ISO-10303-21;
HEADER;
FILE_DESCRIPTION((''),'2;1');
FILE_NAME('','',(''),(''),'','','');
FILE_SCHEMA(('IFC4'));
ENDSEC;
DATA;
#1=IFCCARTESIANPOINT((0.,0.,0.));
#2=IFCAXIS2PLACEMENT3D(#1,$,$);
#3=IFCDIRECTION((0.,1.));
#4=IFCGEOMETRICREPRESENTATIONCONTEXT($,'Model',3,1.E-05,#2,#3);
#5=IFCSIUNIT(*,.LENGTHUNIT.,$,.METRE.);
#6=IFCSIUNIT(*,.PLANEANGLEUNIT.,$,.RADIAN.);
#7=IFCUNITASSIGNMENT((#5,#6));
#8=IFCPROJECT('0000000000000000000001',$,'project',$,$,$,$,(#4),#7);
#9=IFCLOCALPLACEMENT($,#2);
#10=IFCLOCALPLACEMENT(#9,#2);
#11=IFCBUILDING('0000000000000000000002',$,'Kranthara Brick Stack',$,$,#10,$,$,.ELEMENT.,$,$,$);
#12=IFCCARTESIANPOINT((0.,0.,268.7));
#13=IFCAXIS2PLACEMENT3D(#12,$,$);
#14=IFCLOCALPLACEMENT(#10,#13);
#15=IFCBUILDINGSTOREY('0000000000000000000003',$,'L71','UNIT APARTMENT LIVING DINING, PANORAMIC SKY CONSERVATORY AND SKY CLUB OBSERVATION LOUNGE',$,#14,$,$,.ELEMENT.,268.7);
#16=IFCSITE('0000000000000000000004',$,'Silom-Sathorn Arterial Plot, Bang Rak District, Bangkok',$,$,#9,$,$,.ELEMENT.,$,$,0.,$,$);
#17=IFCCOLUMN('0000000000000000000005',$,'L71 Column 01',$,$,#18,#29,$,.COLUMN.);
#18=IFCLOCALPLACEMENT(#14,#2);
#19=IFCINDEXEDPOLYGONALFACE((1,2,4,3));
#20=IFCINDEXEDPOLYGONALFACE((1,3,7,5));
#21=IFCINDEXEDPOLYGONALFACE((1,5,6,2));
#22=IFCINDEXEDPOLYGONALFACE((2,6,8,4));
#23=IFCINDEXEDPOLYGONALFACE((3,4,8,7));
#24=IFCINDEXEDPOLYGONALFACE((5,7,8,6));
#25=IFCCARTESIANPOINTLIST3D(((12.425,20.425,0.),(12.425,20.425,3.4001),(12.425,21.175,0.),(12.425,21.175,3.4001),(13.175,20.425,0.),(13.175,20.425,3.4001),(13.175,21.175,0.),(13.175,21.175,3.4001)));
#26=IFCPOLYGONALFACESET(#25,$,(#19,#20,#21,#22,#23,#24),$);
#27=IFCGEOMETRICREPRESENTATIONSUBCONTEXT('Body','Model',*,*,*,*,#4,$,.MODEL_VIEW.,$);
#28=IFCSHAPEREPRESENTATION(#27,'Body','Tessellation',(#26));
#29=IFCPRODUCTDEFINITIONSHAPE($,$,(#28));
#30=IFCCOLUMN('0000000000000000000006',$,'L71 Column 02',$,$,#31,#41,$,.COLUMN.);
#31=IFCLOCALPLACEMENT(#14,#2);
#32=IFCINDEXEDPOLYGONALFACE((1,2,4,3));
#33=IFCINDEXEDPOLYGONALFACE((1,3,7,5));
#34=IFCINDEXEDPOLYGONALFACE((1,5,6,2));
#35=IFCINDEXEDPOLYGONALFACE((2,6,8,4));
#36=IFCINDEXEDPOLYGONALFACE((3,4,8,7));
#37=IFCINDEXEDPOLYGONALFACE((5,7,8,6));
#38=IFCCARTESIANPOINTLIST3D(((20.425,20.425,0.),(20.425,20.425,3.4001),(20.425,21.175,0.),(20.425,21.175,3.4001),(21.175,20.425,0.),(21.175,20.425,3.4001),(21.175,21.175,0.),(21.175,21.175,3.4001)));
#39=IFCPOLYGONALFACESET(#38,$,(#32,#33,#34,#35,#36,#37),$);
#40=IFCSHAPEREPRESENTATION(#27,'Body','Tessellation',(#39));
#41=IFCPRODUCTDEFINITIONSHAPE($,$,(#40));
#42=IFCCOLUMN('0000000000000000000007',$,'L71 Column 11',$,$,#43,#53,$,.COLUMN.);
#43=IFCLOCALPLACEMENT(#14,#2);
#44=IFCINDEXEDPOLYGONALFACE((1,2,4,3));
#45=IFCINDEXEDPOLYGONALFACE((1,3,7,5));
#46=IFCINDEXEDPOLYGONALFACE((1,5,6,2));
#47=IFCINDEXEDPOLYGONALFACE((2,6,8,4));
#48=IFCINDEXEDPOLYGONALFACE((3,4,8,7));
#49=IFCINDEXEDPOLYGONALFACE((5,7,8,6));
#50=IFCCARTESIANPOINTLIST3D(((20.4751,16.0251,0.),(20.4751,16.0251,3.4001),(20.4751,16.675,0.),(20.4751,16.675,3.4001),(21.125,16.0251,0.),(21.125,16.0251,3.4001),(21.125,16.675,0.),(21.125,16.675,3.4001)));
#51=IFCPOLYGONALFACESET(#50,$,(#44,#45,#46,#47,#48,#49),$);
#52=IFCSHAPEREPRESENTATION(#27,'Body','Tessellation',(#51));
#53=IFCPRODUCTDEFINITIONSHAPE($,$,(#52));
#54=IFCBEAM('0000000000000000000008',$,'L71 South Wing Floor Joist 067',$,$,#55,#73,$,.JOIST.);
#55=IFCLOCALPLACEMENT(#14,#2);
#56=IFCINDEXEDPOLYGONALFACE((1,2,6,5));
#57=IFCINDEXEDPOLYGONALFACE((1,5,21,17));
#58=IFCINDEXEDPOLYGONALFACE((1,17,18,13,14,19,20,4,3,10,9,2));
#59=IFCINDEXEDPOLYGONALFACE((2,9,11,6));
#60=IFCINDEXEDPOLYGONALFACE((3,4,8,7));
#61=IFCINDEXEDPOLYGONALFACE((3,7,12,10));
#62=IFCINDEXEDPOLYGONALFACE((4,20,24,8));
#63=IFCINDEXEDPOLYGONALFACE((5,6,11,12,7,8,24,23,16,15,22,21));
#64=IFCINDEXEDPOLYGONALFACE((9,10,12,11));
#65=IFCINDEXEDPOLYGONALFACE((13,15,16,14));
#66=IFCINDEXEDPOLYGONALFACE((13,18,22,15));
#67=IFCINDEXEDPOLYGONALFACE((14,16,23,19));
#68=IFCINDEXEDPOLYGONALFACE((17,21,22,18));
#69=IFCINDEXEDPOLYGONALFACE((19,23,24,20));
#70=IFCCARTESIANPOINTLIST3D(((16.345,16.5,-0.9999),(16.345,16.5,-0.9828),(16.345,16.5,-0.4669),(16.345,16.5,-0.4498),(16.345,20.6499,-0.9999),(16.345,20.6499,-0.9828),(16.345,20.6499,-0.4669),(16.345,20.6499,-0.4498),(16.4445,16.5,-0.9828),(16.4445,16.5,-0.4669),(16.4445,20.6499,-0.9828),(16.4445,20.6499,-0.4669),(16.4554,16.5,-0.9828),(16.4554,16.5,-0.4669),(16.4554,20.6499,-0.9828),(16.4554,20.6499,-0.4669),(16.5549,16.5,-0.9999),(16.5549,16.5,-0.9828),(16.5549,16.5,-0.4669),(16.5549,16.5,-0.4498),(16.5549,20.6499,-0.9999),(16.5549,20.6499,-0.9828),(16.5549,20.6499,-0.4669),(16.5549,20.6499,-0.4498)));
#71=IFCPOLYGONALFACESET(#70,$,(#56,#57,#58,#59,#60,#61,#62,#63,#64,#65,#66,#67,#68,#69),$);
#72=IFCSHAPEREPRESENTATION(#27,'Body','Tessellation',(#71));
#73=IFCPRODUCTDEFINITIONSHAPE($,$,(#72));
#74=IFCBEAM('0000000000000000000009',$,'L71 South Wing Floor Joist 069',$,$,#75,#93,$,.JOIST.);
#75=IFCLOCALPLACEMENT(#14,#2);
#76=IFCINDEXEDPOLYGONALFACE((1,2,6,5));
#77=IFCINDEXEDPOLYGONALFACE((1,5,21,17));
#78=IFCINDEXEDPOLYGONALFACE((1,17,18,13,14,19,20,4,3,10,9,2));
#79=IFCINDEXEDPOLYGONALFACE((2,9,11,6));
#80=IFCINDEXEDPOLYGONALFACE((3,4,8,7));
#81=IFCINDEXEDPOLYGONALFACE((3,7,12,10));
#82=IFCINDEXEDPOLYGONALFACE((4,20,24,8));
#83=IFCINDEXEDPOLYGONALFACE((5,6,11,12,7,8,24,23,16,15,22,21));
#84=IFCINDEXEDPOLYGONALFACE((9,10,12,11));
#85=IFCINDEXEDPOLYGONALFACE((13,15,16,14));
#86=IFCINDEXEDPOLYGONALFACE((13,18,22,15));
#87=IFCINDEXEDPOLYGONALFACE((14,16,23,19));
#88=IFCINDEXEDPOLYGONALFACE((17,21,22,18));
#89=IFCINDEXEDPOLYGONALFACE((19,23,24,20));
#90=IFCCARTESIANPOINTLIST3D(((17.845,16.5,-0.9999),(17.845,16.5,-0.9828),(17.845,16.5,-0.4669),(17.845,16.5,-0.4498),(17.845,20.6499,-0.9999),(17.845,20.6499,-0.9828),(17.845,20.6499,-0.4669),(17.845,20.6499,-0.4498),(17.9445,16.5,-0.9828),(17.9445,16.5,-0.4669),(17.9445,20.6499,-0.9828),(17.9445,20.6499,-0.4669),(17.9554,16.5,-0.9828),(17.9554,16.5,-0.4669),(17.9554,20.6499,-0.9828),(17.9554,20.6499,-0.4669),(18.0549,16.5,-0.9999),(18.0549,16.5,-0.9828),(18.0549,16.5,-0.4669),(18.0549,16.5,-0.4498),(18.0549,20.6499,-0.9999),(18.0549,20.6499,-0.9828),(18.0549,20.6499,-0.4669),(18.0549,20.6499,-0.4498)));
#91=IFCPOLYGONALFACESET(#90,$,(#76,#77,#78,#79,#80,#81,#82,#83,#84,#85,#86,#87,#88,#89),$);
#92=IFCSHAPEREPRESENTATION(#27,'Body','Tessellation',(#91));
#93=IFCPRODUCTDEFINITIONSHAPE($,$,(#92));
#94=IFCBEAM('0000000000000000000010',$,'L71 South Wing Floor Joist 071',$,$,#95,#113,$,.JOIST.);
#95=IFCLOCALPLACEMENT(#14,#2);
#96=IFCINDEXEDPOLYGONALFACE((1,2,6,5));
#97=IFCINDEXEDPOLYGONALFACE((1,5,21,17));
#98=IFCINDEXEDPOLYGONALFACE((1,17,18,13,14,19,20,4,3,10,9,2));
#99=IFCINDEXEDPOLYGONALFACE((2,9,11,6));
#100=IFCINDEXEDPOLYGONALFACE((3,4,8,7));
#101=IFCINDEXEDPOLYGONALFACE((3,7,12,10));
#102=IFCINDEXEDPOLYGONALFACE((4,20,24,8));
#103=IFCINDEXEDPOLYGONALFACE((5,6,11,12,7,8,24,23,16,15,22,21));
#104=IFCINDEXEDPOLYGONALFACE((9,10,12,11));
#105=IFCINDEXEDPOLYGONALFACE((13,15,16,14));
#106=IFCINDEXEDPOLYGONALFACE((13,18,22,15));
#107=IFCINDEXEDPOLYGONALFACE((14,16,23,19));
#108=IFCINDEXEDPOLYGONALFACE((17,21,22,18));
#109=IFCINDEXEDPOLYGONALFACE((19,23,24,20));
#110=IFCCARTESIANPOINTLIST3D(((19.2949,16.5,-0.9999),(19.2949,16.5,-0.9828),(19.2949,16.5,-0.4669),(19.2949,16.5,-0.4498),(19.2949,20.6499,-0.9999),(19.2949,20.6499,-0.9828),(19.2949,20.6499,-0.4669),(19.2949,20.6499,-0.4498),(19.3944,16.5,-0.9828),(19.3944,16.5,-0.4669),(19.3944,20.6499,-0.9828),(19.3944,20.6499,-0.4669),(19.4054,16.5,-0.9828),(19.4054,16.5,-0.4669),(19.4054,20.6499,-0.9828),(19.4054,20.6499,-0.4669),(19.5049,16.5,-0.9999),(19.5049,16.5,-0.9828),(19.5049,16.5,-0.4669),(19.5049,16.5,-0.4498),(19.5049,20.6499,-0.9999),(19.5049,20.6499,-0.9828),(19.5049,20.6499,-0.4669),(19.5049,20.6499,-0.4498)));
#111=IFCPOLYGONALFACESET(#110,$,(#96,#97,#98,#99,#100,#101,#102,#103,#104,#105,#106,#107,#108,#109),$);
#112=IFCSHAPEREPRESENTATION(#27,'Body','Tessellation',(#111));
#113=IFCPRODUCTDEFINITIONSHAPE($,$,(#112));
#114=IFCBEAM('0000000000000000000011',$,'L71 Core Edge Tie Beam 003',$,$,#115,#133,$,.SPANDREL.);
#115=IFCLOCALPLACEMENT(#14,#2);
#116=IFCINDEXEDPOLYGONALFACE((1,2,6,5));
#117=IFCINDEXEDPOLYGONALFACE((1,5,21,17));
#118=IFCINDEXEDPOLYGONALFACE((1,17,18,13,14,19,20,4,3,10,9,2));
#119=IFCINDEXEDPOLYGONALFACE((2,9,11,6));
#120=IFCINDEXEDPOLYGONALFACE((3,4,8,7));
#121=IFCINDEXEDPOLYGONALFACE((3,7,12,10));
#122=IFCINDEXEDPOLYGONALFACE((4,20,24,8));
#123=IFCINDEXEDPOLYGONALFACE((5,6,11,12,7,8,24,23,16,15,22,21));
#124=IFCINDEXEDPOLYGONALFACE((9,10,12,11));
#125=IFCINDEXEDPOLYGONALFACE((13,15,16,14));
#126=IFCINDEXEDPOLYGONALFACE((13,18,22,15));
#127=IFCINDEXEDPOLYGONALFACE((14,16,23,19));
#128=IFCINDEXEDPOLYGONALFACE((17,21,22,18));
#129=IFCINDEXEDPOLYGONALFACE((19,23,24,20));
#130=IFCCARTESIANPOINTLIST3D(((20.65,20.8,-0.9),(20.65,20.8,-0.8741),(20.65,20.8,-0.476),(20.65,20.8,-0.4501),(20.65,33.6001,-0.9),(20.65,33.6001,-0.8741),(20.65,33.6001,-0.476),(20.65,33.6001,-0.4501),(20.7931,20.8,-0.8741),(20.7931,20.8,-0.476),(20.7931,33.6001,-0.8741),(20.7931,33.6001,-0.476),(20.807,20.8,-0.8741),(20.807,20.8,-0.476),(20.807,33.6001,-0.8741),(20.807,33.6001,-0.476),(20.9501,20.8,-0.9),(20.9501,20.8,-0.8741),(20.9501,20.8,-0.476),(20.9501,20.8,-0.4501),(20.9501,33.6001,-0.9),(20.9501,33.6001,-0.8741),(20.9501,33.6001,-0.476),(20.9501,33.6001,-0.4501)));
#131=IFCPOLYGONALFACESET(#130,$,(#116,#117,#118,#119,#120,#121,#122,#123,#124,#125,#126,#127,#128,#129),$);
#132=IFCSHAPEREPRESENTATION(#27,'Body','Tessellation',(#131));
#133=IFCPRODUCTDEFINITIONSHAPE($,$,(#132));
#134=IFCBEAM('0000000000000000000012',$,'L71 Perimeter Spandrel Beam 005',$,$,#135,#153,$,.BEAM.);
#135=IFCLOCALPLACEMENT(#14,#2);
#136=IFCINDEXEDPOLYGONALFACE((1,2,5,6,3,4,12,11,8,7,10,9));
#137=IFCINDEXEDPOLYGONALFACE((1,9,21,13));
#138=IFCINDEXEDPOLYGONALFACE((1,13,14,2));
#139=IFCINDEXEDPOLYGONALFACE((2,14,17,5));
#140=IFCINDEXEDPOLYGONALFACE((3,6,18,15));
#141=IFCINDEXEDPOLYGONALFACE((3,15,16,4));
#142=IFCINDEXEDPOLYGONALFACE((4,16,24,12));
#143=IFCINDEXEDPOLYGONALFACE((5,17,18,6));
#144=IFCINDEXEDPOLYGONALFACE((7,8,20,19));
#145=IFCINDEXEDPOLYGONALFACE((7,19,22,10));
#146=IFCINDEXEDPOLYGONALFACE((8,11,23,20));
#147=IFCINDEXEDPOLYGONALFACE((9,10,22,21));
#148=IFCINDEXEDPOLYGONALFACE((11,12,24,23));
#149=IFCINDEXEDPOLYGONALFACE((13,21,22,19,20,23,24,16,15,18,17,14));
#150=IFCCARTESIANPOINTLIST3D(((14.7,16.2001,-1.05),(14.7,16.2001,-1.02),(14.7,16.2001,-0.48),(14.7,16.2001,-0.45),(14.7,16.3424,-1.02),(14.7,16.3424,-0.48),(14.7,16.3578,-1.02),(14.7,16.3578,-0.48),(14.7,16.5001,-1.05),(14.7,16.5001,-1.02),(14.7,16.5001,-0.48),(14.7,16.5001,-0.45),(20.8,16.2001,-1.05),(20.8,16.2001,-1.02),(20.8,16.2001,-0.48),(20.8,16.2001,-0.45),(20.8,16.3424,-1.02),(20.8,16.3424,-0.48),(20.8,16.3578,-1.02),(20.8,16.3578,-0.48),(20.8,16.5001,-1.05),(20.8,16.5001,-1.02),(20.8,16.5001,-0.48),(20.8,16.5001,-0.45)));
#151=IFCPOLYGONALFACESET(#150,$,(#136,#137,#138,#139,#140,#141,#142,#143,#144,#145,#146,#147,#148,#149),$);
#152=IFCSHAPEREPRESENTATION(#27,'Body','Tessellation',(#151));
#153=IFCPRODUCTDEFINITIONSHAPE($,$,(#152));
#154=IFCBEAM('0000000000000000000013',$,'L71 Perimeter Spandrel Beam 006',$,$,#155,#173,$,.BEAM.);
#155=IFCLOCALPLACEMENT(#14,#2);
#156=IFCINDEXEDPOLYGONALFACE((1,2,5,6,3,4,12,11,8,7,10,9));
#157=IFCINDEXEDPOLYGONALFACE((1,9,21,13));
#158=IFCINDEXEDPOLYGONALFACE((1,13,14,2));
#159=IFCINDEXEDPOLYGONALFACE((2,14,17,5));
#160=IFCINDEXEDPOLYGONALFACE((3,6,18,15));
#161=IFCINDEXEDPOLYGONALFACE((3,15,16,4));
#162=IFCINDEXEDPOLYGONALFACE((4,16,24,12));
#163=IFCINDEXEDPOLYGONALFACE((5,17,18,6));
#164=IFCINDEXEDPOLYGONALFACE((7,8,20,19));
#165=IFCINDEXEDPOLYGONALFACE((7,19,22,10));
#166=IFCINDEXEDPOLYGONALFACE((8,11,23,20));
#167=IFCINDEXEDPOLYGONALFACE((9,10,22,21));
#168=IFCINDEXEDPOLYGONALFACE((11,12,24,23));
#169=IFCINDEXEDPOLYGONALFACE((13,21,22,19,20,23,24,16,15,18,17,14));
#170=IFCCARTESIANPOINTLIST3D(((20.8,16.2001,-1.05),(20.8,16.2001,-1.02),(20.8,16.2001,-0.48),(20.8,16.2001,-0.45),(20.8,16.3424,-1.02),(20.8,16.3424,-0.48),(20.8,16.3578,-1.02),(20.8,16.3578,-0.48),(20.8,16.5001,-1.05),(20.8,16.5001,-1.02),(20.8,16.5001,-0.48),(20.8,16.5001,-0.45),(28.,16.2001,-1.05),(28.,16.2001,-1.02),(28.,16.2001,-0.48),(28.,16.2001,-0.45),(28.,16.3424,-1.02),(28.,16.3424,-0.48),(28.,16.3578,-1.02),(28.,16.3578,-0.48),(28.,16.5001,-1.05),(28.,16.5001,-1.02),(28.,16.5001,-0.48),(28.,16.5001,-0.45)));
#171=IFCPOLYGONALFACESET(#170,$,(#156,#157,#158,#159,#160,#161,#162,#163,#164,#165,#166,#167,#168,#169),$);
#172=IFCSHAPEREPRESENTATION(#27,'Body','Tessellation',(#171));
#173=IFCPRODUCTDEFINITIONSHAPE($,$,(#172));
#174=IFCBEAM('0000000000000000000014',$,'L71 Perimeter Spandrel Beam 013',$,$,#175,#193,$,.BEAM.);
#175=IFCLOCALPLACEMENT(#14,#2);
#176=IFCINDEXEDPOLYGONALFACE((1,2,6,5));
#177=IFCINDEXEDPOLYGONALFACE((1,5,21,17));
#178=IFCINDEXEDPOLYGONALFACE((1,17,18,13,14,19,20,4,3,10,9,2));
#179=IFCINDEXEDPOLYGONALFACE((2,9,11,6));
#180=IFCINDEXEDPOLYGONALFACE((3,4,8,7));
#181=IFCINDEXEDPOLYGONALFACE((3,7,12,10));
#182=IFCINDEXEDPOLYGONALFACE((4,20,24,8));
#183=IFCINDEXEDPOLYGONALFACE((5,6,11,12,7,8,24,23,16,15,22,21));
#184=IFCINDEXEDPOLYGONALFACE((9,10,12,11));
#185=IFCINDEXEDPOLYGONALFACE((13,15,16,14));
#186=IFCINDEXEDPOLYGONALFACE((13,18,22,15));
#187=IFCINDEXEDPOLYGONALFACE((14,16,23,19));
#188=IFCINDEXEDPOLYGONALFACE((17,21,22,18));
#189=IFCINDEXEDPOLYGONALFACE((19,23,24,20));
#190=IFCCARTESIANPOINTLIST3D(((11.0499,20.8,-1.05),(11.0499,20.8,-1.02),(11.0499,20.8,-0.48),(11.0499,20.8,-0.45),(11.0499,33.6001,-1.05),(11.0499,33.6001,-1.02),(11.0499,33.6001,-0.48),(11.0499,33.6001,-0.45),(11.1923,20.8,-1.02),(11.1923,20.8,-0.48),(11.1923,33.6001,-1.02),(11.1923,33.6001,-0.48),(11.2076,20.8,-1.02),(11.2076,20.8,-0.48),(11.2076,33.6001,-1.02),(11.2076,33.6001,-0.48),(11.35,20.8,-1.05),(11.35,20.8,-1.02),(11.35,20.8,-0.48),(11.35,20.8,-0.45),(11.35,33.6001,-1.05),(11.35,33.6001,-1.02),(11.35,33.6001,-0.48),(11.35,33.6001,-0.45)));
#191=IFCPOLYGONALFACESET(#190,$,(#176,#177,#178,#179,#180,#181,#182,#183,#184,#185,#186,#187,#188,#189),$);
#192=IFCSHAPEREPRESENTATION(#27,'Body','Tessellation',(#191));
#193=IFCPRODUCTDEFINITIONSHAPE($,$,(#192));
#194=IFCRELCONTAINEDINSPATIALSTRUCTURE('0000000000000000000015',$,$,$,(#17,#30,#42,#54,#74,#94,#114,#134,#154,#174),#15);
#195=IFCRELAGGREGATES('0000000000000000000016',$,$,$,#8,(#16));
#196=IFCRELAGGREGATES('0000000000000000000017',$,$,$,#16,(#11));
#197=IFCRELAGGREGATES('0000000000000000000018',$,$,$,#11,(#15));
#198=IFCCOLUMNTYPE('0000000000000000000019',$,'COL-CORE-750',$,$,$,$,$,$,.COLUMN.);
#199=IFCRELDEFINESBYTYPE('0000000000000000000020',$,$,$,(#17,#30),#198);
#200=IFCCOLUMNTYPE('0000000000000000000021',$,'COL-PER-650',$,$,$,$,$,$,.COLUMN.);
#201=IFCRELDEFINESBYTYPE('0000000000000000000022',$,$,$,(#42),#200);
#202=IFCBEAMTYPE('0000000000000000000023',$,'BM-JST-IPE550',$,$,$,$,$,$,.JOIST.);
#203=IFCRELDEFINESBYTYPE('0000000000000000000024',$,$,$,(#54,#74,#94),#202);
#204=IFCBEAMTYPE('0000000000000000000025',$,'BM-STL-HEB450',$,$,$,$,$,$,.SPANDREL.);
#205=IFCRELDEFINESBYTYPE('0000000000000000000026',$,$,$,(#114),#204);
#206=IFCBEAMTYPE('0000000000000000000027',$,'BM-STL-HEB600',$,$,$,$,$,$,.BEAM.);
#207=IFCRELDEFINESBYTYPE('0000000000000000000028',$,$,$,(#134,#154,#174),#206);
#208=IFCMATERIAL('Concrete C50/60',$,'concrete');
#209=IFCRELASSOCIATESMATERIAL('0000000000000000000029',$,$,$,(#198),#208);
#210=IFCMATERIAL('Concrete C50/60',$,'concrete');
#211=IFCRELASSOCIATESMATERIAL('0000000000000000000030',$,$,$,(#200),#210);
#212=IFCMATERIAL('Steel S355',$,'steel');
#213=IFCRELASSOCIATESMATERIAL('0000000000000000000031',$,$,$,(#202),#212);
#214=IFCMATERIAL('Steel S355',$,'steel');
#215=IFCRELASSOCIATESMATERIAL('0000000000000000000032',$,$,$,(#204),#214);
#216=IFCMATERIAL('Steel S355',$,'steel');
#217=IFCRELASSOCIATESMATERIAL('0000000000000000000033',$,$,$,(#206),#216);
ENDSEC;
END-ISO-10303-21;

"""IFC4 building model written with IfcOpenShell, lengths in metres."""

from ifc_helpers import new_model, si_unit, direction, frame, origin, origin_2d, place, context, subcontext, project, spatial, rectangle, i_section, extrude, material, material_profile, profile_set, type_object, element, save


model = new_model("IFC4")

# Units and contexts
model_context = context("Model", 3, precision=1e-05, world=origin(), true_north=direction((0.0, 1.0)))
body_context = subcontext(model_context, "Body", "Model", "MODEL_VIEW")
ifc_project = project(units=[si_unit("LENGTHUNIT", "METRE"), si_unit("PLANEANGLEUNIT", "RADIAN")], contexts=[model_context])

# Site, building, storey
site_placement = place(None, origin())
site = spatial("IfcSite", under=ifc_project, at=site_placement, Name="Silom-Sathorn Arterial Plot, Bang Rak District, Bangkok", CompositionType="ELEMENT", RefElevation=0.0)
building_placement = place(site_placement, origin())
building = spatial("IfcBuilding", under=site, at=building_placement, Name="Kranthara Brick Stack", CompositionType="ELEMENT")
storey_placement = place(building_placement, frame((0.0, 0.0, 268.7)))
storey = spatial("IfcBuildingStorey", under=building, at=storey_placement, Name="L71", Description="UNIT APARTMENT LIVING DINING, PANORAMIC SKY CONSERVATORY AND SKY CLUB OBSERVATION LOUNGE", CompositionType="ELEMENT", Elevation=268.7)

# Columns
ifc_material_1 = material(Name="Concrete C50/60", Category="concrete")
ifc_material_profile_1 = material_profile(ifc_material_1, rectangle(XDim=0.75, YDim=0.75, at=origin_2d()), Name="RC 750x750")
ifc_profile_set_1 = profile_set([ifc_material_profile_1], Name="Concrete C50/60")
column_type_1 = type_object("IfcColumnType", Name="COL-CORE-750", PredefinedType="COLUMN", material=ifc_profile_set_1)
for number, where, z_axis, x_axis, name in (
    (1, (12.8, 20.8, 0.0), (0.0, 0.0, 1.0), (1.0, 0.0, 0.0), "L71 Column 01"),
    (2, (20.8, 20.8, 0.0), (0.0, 0.0, 1.0), (1.0, 0.0, 0.0), "L71 Column 02"),
):
    element("IfcColumn", number, at=place(storey_placement, frame(where, z_axis=z_axis, x_axis=x_axis)), inside=storey, type_object=column_type_1, Name=name, PredefinedType="COLUMN", context=body_context, shape_type="SweptSolid", body=[
        extrude(rectangle(XDim=0.75, YDim=0.75, at=origin_2d()), origin(), (0.0, 0.0, 1.0), 3.4001),
    ])
ifc_material_2 = material(Name="Concrete C50/60", Category="concrete")
ifc_material_profile_2 = material_profile(ifc_material_2, rectangle(XDim=0.6499, YDim=0.6499, at=origin_2d()), Name="RC 650x650")
ifc_profile_set_2 = profile_set([ifc_material_profile_2], Name="Concrete C50/60")
column_type_2 = type_object("IfcColumnType", Name="COL-PER-650", PredefinedType="COLUMN", material=ifc_profile_set_2)
column_placement = place(storey_placement, frame((20.8, 16.3501, 0.0), z_axis=(0.0, 0.0, 1.0), x_axis=(1.0, 0.0, 0.0)))
element("IfcColumn", 3, at=column_placement, inside=storey, type_object=column_type_2, Name="L71 Column 11", PredefinedType="COLUMN", context=body_context, shape_type="SweptSolid", body=[
    extrude(rectangle(XDim=0.6499, YDim=0.6499, at=origin_2d()), origin(), (0.0, 0.0, 1.0), 3.4001),
])

# Beams
ifc_material_3 = material(Name="Steel S355", Category="steel")
ifc_material_profile_3 = material_profile(ifc_material_3, i_section(OverallWidth=0.21, OverallDepth=0.55, WebThickness=0.011, FlangeThickness=0.0171, at=origin_2d()), Name="IPE 550")
ifc_profile_set_3 = profile_set([ifc_material_profile_3], Name="Steel S355")
beam_type_1 = type_object("IfcBeamType", Name="BM-JST-IPE550", PredefinedType="JOIST", material=ifc_profile_set_3)
for number, where, z_axis, x_axis, name in (
    (4, (16.45, 16.5, -0.7249), (0.0, 1.0, 0.0), (-1.0, 0.0, 0.0), "L71 South Wing Floor Joist 067"),
    (5, (17.95, 16.5, -0.7249), (0.0, 1.0, 0.0), (-1.0, 0.0, 0.0), "L71 South Wing Floor Joist 069"),
    (6, (19.3999, 16.5, -0.7249), (0.0, 1.0, 0.0), (-1.0, 0.0, 0.0), "L71 South Wing Floor Joist 071"),
):
    element("IfcBeam", number, at=place(storey_placement, frame(where, z_axis=z_axis, x_axis=x_axis)), inside=storey, type_object=beam_type_1, Name=name, PredefinedType="JOIST", context=body_context, shape_type="SweptSolid", body=[
        extrude(i_section(OverallWidth=0.21, OverallDepth=0.55, WebThickness=0.011, FlangeThickness=0.0171, at=origin_2d()), origin(), (0.0, 0.0, 1.0), 4.1499),
    ])
ifc_material_4 = material(Name="Steel S355", Category="steel")
ifc_material_profile_4 = material_profile(ifc_material_4, i_section(OverallWidth=0.3, OverallDepth=0.45, WebThickness=0.0139, FlangeThickness=0.0259, at=origin_2d()), Name="HEB 450")
ifc_profile_set_4 = profile_set([ifc_material_profile_4], Name="Steel S355")
beam_type_2 = type_object("IfcBeamType", Name="BM-STL-HEB450", PredefinedType="SPANDREL", material=ifc_profile_set_4)
beam_1_placement = place(storey_placement, frame((20.8, 20.8, -0.675), z_axis=(0.0, 1.0, 0.0), x_axis=(-1.0, 0.0, 0.0)))
element("IfcBeam", 7, at=beam_1_placement, inside=storey, type_object=beam_type_2, Name="L71 Core Edge Tie Beam 003", PredefinedType="SPANDREL", context=body_context, shape_type="SweptSolid", body=[
    extrude(i_section(OverallWidth=0.3, OverallDepth=0.45, WebThickness=0.0139, FlangeThickness=0.0259, at=origin_2d()), origin(), (0.0, 0.0, 1.0), 12.8),
])
ifc_material_5 = material(Name="Steel S355", Category="steel")
ifc_material_profile_5 = material_profile(ifc_material_5, i_section(OverallWidth=0.3, OverallDepth=0.6001, WebThickness=0.0154, FlangeThickness=0.03, at=origin_2d()), Name="HEB 600")
ifc_profile_set_5 = profile_set([ifc_material_profile_5], Name="Steel S355")
beam_type_3 = type_object("IfcBeamType", Name="BM-STL-HEB600", PredefinedType="BEAM", material=ifc_profile_set_5)
beam_2_placement = place(storey_placement, frame((14.7, 16.3501, -0.75), z_axis=(1.0, 0.0, 0.0), x_axis=(0.0, 1.0, 0.0)))
element("IfcBeam", 8, at=beam_2_placement, inside=storey, type_object=beam_type_3, Name="L71 Perimeter Spandrel Beam 005", PredefinedType="BEAM", context=body_context, shape_type="SweptSolid", body=[
    extrude(i_section(OverallWidth=0.3, OverallDepth=0.6001, WebThickness=0.0154, FlangeThickness=0.03, at=origin_2d()), origin(), (0.0, 0.0, 1.0), 6.1001),
])
beam_3_placement = place(storey_placement, frame((20.8, 16.3501, -0.75), z_axis=(1.0, 0.0, 0.0), x_axis=(0.0, 1.0, 0.0)))
element("IfcBeam", 9, at=beam_3_placement, inside=storey, type_object=beam_type_3, Name="L71 Perimeter Spandrel Beam 006", PredefinedType="BEAM", context=body_context, shape_type="SweptSolid", body=[
    extrude(i_section(OverallWidth=0.3, OverallDepth=0.6001, WebThickness=0.0154, FlangeThickness=0.03, at=origin_2d()), origin(), (0.0, 0.0, 1.0), 7.2),
])
beam_4_placement = place(storey_placement, frame((11.2, 20.8, -0.75), z_axis=(0.0, 1.0, 0.0), x_axis=(-1.0, 0.0, 0.0)))
element("IfcBeam", 10, at=beam_4_placement, inside=storey, type_object=beam_type_3, Name="L71 Perimeter Spandrel Beam 013", PredefinedType="BEAM", context=body_context, shape_type="SweptSolid", body=[
    extrude(i_section(OverallWidth=0.3, OverallDepth=0.6001, WebThickness=0.0154, FlangeThickness=0.03, at=origin_2d()), origin(), (0.0, 0.0, 1.0), 12.8),
])

save(model, "model.ifc")
